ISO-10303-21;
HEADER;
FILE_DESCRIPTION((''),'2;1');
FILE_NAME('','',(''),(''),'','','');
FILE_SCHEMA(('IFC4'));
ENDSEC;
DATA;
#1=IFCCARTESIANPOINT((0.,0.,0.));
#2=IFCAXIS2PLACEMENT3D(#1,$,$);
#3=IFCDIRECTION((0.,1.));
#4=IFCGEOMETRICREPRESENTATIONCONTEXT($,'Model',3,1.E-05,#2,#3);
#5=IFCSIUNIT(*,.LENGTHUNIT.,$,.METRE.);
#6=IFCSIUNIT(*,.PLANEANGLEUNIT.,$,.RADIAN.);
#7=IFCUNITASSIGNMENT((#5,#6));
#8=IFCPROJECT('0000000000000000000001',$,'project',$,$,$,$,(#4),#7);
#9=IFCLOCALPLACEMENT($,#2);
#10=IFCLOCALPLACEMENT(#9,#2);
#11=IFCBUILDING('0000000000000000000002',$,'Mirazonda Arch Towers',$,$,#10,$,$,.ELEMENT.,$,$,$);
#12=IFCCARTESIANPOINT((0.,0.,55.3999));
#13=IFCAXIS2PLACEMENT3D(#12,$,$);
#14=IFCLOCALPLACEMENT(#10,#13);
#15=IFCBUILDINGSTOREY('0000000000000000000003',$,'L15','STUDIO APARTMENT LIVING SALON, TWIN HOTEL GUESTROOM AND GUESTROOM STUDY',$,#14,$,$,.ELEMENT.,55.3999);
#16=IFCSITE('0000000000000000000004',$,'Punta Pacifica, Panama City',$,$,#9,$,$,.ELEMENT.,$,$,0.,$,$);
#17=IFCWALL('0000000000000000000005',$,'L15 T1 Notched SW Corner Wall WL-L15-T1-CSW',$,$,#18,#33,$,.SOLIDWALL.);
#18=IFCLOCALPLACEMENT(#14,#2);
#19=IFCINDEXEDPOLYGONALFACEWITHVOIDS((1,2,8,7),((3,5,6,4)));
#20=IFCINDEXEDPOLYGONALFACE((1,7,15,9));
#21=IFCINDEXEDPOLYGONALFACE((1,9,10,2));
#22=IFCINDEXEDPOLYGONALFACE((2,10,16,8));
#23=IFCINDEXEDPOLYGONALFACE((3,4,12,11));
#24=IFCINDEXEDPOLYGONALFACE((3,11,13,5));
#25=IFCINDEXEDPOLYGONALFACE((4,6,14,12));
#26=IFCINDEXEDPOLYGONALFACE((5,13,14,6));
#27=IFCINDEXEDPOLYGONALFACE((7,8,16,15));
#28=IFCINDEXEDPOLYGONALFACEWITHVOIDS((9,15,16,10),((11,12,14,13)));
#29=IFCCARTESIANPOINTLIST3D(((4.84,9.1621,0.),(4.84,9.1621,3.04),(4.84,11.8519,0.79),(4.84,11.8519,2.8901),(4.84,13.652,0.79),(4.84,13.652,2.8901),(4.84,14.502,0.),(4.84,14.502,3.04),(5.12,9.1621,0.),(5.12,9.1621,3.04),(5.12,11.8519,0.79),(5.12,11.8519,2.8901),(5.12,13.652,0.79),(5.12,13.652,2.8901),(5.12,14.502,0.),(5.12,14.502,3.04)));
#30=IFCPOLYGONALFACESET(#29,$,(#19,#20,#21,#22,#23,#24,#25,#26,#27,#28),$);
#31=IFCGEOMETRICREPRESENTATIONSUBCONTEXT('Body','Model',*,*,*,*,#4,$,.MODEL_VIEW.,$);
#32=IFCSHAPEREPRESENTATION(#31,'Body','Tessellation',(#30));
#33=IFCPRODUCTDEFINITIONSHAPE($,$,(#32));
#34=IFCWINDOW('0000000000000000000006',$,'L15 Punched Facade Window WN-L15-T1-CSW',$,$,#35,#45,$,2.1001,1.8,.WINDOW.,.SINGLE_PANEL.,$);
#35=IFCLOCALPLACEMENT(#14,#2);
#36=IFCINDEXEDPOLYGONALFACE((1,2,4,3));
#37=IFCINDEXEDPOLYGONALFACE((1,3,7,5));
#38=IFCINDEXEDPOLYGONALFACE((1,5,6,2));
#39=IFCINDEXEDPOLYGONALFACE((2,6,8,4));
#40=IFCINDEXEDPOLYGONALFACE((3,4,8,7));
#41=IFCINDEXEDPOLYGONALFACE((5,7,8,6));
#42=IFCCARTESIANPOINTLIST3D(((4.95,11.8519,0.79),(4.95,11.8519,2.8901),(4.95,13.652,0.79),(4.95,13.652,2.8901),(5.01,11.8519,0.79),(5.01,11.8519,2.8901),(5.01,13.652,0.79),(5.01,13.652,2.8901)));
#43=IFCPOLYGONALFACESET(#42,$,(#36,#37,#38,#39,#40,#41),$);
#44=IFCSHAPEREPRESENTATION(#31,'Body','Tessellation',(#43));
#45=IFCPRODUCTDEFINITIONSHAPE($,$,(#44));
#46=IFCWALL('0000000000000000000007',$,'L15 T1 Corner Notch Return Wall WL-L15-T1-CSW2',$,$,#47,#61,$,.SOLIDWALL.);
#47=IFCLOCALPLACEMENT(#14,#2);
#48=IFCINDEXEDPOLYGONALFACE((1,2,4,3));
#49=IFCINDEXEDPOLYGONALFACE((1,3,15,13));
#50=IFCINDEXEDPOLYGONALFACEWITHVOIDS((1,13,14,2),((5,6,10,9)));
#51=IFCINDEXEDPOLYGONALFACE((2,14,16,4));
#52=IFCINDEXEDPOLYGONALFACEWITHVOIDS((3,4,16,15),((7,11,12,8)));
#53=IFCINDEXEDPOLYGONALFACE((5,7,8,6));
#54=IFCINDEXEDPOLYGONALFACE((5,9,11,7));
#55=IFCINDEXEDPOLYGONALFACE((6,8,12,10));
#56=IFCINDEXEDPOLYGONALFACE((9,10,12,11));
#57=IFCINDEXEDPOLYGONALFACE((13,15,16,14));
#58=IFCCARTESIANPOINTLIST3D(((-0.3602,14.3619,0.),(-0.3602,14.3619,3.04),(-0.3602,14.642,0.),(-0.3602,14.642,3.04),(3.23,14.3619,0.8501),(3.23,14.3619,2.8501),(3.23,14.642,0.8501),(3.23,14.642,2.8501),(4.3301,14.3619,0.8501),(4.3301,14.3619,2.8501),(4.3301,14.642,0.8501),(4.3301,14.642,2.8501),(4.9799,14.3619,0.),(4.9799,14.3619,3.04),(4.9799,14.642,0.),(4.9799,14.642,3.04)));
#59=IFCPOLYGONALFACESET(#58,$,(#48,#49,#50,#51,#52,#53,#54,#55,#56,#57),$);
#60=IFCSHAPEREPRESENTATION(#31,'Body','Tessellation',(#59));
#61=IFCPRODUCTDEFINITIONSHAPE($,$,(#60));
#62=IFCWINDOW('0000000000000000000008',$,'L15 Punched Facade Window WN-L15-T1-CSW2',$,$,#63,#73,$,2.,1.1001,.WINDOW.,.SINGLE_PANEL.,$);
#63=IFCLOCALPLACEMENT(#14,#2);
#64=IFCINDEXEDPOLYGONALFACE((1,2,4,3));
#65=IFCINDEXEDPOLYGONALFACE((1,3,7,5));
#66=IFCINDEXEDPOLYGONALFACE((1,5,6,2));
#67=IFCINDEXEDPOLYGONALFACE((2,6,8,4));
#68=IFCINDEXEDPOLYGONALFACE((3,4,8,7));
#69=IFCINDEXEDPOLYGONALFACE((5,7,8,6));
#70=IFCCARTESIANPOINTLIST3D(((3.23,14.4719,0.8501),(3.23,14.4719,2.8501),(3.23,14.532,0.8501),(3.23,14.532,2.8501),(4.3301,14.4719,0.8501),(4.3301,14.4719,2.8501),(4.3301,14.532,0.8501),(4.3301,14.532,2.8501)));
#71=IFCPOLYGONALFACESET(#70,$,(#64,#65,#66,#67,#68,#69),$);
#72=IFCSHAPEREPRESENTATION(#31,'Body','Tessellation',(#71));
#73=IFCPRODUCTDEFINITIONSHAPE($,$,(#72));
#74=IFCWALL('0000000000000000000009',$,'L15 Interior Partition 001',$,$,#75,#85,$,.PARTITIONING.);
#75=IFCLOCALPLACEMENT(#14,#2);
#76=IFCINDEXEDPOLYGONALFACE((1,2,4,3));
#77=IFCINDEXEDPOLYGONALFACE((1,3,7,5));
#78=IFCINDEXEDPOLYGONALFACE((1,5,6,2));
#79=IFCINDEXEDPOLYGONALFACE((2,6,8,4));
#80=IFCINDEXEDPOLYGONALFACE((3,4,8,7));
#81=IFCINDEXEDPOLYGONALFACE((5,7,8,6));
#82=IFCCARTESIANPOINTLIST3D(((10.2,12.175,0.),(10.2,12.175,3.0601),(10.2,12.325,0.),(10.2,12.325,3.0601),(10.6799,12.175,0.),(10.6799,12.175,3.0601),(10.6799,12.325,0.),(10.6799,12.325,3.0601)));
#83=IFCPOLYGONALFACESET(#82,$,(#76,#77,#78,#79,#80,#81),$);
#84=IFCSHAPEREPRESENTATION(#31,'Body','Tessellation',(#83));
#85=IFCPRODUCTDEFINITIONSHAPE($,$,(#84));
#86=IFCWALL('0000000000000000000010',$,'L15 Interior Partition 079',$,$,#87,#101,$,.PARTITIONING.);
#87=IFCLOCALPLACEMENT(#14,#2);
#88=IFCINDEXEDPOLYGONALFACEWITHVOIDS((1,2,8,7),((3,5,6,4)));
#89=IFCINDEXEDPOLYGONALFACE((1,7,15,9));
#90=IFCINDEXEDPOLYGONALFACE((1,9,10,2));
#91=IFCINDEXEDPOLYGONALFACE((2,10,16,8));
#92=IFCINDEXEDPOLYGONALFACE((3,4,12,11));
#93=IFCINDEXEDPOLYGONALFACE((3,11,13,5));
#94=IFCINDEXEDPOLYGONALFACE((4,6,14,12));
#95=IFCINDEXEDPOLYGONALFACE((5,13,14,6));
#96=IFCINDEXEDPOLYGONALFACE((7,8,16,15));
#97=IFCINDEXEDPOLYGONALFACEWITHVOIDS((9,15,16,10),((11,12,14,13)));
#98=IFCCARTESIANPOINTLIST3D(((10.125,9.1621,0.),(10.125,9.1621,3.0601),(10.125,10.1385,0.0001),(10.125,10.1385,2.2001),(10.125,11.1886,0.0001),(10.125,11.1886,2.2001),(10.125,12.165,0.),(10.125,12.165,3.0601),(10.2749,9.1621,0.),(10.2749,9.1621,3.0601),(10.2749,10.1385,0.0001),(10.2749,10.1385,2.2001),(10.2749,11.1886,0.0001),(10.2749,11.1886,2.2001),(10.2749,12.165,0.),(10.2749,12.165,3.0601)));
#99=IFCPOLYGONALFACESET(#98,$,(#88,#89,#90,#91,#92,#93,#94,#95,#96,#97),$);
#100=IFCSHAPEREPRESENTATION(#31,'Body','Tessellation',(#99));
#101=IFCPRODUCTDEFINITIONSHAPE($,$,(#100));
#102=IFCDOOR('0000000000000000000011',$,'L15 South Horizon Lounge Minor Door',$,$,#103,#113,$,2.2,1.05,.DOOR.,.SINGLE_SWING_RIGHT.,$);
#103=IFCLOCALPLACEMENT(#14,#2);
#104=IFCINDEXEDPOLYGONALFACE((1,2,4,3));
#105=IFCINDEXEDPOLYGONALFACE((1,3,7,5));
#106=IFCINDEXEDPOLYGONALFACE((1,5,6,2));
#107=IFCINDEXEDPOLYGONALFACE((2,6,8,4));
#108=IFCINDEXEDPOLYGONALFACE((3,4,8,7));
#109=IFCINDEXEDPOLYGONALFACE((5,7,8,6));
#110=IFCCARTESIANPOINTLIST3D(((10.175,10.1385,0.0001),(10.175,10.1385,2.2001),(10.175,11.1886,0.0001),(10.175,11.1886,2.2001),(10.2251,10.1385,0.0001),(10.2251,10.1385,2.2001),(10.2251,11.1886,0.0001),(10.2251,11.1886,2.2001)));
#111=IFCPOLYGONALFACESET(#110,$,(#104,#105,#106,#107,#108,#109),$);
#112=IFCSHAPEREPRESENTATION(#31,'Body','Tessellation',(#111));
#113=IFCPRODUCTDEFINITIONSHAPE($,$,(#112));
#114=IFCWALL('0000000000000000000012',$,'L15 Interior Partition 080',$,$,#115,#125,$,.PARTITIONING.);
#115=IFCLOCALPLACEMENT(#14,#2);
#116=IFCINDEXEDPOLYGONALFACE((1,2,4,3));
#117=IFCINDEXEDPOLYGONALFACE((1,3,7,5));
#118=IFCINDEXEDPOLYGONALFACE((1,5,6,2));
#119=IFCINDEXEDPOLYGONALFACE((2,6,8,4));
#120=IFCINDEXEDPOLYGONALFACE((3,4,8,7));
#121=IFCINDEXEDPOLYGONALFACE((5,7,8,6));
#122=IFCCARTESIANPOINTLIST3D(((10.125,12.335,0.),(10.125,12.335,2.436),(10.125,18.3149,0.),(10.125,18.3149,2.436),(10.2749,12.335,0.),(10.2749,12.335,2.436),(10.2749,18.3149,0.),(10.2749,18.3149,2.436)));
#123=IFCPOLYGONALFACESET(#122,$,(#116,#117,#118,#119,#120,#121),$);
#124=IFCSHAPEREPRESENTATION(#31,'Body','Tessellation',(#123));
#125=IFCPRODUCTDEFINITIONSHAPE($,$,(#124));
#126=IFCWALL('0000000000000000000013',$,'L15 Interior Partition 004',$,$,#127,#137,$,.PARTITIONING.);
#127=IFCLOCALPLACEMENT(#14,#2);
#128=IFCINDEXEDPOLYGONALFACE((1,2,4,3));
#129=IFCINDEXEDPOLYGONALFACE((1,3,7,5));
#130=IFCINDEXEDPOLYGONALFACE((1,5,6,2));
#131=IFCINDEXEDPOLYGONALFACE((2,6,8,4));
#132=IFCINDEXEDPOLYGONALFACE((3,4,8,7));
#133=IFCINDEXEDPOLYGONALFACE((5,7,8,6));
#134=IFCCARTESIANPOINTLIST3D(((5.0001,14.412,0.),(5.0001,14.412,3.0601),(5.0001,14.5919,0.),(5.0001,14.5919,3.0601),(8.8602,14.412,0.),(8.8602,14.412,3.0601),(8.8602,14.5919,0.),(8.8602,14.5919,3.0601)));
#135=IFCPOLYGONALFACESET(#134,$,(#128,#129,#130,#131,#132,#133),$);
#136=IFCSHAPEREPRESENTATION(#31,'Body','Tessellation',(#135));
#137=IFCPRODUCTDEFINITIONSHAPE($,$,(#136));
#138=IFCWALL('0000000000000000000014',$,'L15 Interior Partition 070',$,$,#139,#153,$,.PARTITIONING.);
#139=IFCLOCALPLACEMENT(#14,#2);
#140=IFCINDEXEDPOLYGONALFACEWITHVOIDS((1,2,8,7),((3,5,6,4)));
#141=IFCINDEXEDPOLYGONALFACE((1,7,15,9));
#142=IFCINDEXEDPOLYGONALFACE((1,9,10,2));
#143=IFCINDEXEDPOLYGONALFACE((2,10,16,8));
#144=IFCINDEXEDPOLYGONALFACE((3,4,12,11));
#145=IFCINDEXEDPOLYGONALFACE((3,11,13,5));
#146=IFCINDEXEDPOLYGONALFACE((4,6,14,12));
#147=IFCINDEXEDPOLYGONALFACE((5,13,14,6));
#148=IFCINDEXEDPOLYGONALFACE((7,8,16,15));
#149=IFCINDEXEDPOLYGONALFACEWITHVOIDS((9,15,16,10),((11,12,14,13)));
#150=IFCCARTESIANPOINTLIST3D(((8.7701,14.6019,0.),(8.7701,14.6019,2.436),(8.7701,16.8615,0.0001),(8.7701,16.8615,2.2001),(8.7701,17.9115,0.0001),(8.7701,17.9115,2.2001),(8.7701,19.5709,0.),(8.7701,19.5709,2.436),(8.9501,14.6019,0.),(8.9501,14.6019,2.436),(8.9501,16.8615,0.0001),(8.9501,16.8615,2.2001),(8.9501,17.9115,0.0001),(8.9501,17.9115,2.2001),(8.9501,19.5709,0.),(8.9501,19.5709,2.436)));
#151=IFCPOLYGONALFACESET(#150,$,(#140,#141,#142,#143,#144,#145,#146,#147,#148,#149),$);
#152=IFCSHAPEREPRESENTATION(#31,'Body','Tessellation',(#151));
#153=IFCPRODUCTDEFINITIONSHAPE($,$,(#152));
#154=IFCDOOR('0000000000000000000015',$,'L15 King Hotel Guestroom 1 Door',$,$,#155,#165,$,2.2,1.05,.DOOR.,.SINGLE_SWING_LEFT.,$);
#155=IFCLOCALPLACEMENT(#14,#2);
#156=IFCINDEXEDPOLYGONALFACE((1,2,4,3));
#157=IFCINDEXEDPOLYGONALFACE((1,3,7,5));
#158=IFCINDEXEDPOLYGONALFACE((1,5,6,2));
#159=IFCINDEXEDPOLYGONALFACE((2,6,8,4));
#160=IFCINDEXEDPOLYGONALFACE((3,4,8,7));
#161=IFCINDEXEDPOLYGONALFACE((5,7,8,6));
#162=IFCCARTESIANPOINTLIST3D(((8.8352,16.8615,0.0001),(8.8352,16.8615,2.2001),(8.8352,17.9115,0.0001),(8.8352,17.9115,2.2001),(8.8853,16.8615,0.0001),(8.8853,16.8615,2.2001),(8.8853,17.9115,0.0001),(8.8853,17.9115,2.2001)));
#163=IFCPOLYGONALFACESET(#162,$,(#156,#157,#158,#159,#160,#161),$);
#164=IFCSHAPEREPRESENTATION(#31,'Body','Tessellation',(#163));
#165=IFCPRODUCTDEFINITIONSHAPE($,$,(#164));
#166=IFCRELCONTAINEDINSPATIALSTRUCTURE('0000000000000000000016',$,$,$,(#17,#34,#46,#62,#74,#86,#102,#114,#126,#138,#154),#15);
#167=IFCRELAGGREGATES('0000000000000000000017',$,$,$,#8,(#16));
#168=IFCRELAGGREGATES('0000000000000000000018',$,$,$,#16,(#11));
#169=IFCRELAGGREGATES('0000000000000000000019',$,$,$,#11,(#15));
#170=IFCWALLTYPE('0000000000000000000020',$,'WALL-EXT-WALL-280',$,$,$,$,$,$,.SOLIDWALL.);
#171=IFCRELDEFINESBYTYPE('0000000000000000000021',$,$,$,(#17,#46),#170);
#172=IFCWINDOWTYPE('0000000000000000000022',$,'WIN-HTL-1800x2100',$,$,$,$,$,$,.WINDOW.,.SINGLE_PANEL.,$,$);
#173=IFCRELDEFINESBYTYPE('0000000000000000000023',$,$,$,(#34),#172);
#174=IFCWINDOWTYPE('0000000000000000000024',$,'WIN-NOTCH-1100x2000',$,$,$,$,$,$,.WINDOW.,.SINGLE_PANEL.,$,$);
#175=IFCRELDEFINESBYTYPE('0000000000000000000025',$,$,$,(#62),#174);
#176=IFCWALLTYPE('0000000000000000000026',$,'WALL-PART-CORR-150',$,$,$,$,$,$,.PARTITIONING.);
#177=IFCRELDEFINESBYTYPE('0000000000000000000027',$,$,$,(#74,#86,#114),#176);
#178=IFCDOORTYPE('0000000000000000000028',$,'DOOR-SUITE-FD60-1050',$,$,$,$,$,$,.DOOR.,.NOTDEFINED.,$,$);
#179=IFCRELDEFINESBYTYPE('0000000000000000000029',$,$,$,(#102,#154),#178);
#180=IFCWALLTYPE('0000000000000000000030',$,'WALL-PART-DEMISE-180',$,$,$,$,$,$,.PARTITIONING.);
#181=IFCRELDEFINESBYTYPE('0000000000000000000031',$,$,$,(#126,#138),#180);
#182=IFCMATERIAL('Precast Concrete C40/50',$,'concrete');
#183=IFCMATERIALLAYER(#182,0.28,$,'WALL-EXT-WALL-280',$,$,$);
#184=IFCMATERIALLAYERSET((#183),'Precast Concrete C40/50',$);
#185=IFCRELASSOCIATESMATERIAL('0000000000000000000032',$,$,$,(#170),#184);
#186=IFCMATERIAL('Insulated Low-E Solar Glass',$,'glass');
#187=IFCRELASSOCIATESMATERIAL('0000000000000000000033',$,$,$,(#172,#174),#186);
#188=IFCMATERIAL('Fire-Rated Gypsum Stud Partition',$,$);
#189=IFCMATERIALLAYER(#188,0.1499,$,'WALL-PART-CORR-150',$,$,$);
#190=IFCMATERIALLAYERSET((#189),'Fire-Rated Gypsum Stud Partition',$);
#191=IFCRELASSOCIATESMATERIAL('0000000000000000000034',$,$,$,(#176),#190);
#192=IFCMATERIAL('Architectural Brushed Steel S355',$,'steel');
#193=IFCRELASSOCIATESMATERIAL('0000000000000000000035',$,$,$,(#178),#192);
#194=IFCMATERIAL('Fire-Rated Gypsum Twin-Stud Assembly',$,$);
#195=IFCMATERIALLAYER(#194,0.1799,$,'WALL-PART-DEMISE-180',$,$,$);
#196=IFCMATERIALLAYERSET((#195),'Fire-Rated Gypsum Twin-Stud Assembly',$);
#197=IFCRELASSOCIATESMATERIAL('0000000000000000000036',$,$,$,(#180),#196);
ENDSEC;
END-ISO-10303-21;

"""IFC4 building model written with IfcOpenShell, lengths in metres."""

from ifc_helpers import new_model, si_unit, direction, frame, frame_2d, origin, place, context, subcontext, project, spatial, rectangle, extrude, material, layer, layer_set, type_object, element, fill, save


model = new_model("IFC4")

# Units and contexts
model_context = context("Model", 3, precision=1e-05, world=origin(), true_north=direction((0.0, 1.0)))
body_context = subcontext(model_context, "Body", "Model", "MODEL_VIEW")
ifc_project = project(units=[si_unit("LENGTHUNIT", "METRE"), si_unit("PLANEANGLEUNIT", "RADIAN")], contexts=[model_context])

# Site, building, storey
site_placement = place(None, origin())
site = spatial("IfcSite", under=ifc_project, at=site_placement, Name="Punta Pacifica, Panama City", CompositionType="ELEMENT", RefElevation=0.0)
building_placement = place(site_placement, origin())
building = spatial("IfcBuilding", under=site, at=building_placement, Name="Mirazonda Arch Towers", CompositionType="ELEMENT")
storey_placement = place(building_placement, frame((0.0, 0.0, 55.3999)))
storey = spatial("IfcBuildingStorey", under=building, at=storey_placement, Name="L15", Description="STUDIO APARTMENT LIVING SALON, TWIN HOTEL GUESTROOM AND GUESTROOM STUDY", CompositionType="ELEMENT", Elevation=55.3999)

# Shared definitions
ifc_material_1 = material(Name="Insulated Low-E Solar Glass", Category="glass")

# Walls, openings, windows
ifc_material_2 = material(Name="Precast Concrete C40/50", Category="concrete")
ifc_layer_1 = layer(ifc_material_2, 0.28, Name="WALL-EXT-WALL-280")
ifc_layer_set_1 = layer_set([ifc_layer_1], Name="Precast Concrete C40/50")
wall_type_1 = type_object("IfcWallType", Name="WALL-EXT-WALL-280", PredefinedType="SOLIDWALL", material=ifc_layer_set_1)
wall_1_placement = place(storey_placement, frame((4.98, 14.502, 0.0), z_axis=(0.0, 0.0, 1.0), x_axis=(0.0, -1.0, 0.0)))
wall_1 = element("IfcWall", 1, at=wall_1_placement, inside=storey, type_object=wall_type_1, Name="L15 T1 Notched SW Corner Wall WL-L15-T1-CSW", PredefinedType="SOLIDWALL", context=body_context, shape_type="SweptSolid", body=[
    extrude(rectangle(XDim=5.3398, YDim=0.28, at=frame_2d((2.6699, 0.0))), origin(), (0.0, 0.0, 1.0), 3.04),
])
opening_1_placement = place(wall_1_placement, frame((0.8501, 0.0, 0.79)))
opening_1 = element("IfcOpeningElement", 2, at=opening_1_placement, cuts=wall_1, PredefinedType="OPENING", context=body_context, shape_type="SweptSolid", body=[
    extrude(rectangle(XDim=1.8, YDim=2.1001, at=frame_2d((0.8999, 1.05))), frame((0.0, 0.1499, 0.0), z_axis=(0.0, -1.0, 0.0), x_axis=(1.0, 0.0, 0.0)), (0.0, 0.0, 1.0), 0.3),
])
window_type_1 = type_object("IfcWindowType", Name="WIN-HTL-1800x2100", PartitioningType="SINGLE_PANEL", PredefinedType="WINDOW", material=ifc_material_1)
window_1_placement = place(opening_1_placement, origin())
window_1 = element("IfcWindow", 3, at=window_1_placement, inside=storey, type_object=window_type_1, Name="L15 Punched Facade Window WN-L15-T1-CSW", OverallHeight=2.1001, OverallWidth=1.8, PartitioningType="SINGLE_PANEL", PredefinedType="WINDOW", context=body_context, shape_type="SweptSolid", body=[
    extrude(rectangle(XDim=1.8, YDim=2.1001, at=frame_2d((0.8999, 1.05))), frame((0.0, 0.03, 0.0), z_axis=(0.0, -1.0, 0.0), x_axis=(1.0, 0.0, 0.0)), (0.0, 0.0, 1.0), 0.0601),
])
fill(opening_1, window_1)
wall_2_placement = place(storey_placement, frame((-0.3601, 14.502, 0.0), z_axis=(0.0, 0.0, 1.0), x_axis=(1.0, 0.0, 0.0)))
wall_2 = element("IfcWall", 4, at=wall_2_placement, inside=storey, type_object=wall_type_1, Name="L15 T1 Corner Notch Return Wall WL-L15-T1-CSW2", PredefinedType="SOLIDWALL", context=body_context, shape_type="SweptSolid", body=[
    extrude(rectangle(XDim=5.3401, YDim=0.28, at=frame_2d((2.6699, 0.0))), origin(), (0.0, 0.0, 1.0), 3.04),
])
opening_2_placement = place(wall_2_placement, frame((3.5901, 0.0, 0.8501)))
opening_2 = element("IfcOpeningElement", 5, at=opening_2_placement, cuts=wall_2, PredefinedType="OPENING", context=body_context, shape_type="SweptSolid", body=[
    extrude(rectangle(XDim=1.1001, YDim=2.0, at=frame_2d((0.55, 1.0))), frame((0.0, 0.1499, 0.0), z_axis=(0.0, -1.0, 0.0), x_axis=(1.0, 0.0, 0.0)), (0.0, 0.0, 1.0), 0.3),
])
window_type_2 = type_object("IfcWindowType", Name="WIN-NOTCH-1100x2000", PartitioningType="SINGLE_PANEL", PredefinedType="WINDOW", material=ifc_material_1)
window_2_placement = place(opening_2_placement, origin())
window_2 = element("IfcWindow", 6, at=window_2_placement, inside=storey, type_object=window_type_2, Name="L15 Punched Facade Window WN-L15-T1-CSW2", OverallHeight=2.0, OverallWidth=1.1001, PartitioningType="SINGLE_PANEL", PredefinedType="WINDOW", context=body_context, shape_type="SweptSolid", body=[
    extrude(rectangle(XDim=1.1001, YDim=2.0, at=frame_2d((0.55, 1.0))), frame((0.0, 0.03, 0.0), z_axis=(0.0, -1.0, 0.0), x_axis=(1.0, 0.0, 0.0)), (0.0, 0.0, 1.0), 0.0601),
])
fill(opening_2, window_2)

# Wall
ifc_material_3 = material(Name="Fire-Rated Gypsum Stud Partition")
ifc_layer_2 = layer(ifc_material_3, 0.1499, Name="WALL-PART-CORR-150")
ifc_layer_set_2 = layer_set([ifc_layer_2], Name="Fire-Rated Gypsum Stud Partition")
wall_type_2 = type_object("IfcWallType", Name="WALL-PART-CORR-150", PredefinedType="PARTITIONING", material=ifc_layer_set_2)
wall_3_placement = place(storey_placement, frame((10.2, 12.25, 0.0), z_axis=(0.0, 0.0, 1.0), x_axis=(1.0, 0.0, 0.0)))
element("IfcWall", 7, at=wall_3_placement, inside=storey, type_object=wall_type_2, Name="L15 Interior Partition 001", PredefinedType="PARTITIONING", context=body_context, shape_type="SweptSolid", body=[
    extrude(rectangle(XDim=0.48, YDim=0.1499, at=frame_2d((0.24, 0.0))), origin(), (0.0, 0.0, 1.0), 3.0601),
])

# Wall, opening, door
wall_4_placement = place(storey_placement, frame((10.2, 9.1621, 0.0), z_axis=(0.0, 0.0, 1.0), x_axis=(0.0, 1.0, 0.0)))
wall_4 = element("IfcWall", 8, at=wall_4_placement, inside=storey, type_object=wall_type_2, Name="L15 Interior Partition 079", PredefinedType="PARTITIONING", context=body_context, shape_type="SweptSolid", body=[
    extrude(rectangle(XDim=3.0029, YDim=0.1499, at=frame_2d((1.5015, 0.0))), origin(), (0.0, 0.0, 1.0), 3.0601),
])
opening_3_placement = place(wall_4_placement, frame((0.9766, 0.0, 0.0)))
opening_3 = element("IfcOpeningElement", 9, at=opening_3_placement, cuts=wall_4, PredefinedType="OPENING", context=body_context, shape_type="SweptSolid", body=[
    extrude(rectangle(XDim=1.05, YDim=2.2, at=frame_2d((0.5249, 1.1001))), frame((0.0, 0.085, 0.0), z_axis=(0.0, -1.0, 0.0), x_axis=(1.0, 0.0, 0.0)), (0.0, 0.0, 1.0), 0.1699),
])
ifc_material_4 = material(Name="Architectural Brushed Steel S355", Category="steel")
door_type_1 = type_object("IfcDoorType", Name="DOOR-SUITE-FD60-1050", OperationType="NOTDEFINED", PredefinedType="DOOR", material=ifc_material_4)
door_1_placement = place(opening_3_placement, origin())
door_1 = element("IfcDoor", 10, at=door_1_placement, inside=storey, type_object=door_type_1, Name="L15 South Horizon Lounge Minor Door", OperationType="SINGLE_SWING_RIGHT", OverallHeight=2.2, OverallWidth=1.05, PredefinedType="DOOR", context=body_context, shape_type="SweptSolid", body=[
    extrude(rectangle(XDim=1.05, YDim=2.2, at=frame_2d((0.5249, 1.1001))), frame((0.0, 0.0249, 0.0), z_axis=(0.0, -1.0, 0.0), x_axis=(1.0, 0.0, 0.0)), (0.0, 0.0, 1.0), 0.05),
])
fill(opening_3, door_1)

# Walls
wall_5_placement = place(storey_placement, frame((10.2, 12.335, 0.0), z_axis=(0.0, 0.0, 1.0), x_axis=(0.0, 1.0, 0.0)))
element("IfcWall", 11, at=wall_5_placement, inside=storey, type_object=wall_type_2, Name="L15 Interior Partition 080", PredefinedType="PARTITIONING", context=body_context, shape_type="SweptSolid", body=[
    extrude(rectangle(XDim=5.98, YDim=0.1499, at=frame_2d((2.99, 0.0))), origin(), (0.0, 0.0, 1.0), 2.436),
])
ifc_material_5 = material(Name="Fire-Rated Gypsum Twin-Stud Assembly")
ifc_layer_3 = layer(ifc_material_5, 0.1799, Name="WALL-PART-DEMISE-180")
ifc_layer_set_3 = layer_set([ifc_layer_3], Name="Fire-Rated Gypsum Twin-Stud Assembly")
wall_type_3 = type_object("IfcWallType", Name="WALL-PART-DEMISE-180", PredefinedType="PARTITIONING", material=ifc_layer_set_3)
wall_6_placement = place(storey_placement, frame((5.0, 14.502, 0.0), z_axis=(0.0, 0.0, 1.0), x_axis=(1.0, 0.0, 0.0)))
element("IfcWall", 12, at=wall_6_placement, inside=storey, type_object=wall_type_3, Name="L15 Interior Partition 004", PredefinedType="PARTITIONING", context=body_context, shape_type="SweptSolid", body=[
    extrude(rectangle(XDim=3.8601, YDim=0.1799, at=frame_2d((1.9302, 0.0))), origin(), (0.0, 0.0, 1.0), 3.0601),
])

# Wall, opening, door
wall_7_placement = place(storey_placement, frame((8.8601, 14.6021, 0.0), z_axis=(0.0, 0.0, 1.0), x_axis=(0.0, 1.0, 0.0)))
wall_7 = element("IfcWall", 13, at=wall_7_placement, inside=storey, type_object=wall_type_3, Name="L15 Interior Partition 070", PredefinedType="PARTITIONING", context=body_context, shape_type="SweptSolid", body=[
    extrude(rectangle(XDim=4.969, YDim=0.1799, at=frame_2d((2.4844, 0.0))), origin(), (0.0, 0.0, 1.0), 2.436),
])
opening_4_placement = place(wall_7_placement, frame((2.2595, 0.0, 0.0)))
opening_4 = element("IfcOpeningElement", 14, at=opening_4_placement, cuts=wall_7, PredefinedType="OPENING", context=body_context, shape_type="SweptSolid", body=[
    extrude(rectangle(XDim=1.05, YDim=2.2, at=frame_2d((0.5249, 1.1001))), frame((0.0, 0.0999, 0.0), z_axis=(0.0, -1.0, 0.0), x_axis=(1.0, 0.0, 0.0)), (0.0, 0.0, 1.0), 0.2),
])
door_2_placement = place(opening_4_placement, origin())
door_2 = element("IfcDoor", 15, at=door_2_placement, inside=storey, type_object=door_type_1, Name="L15 King Hotel Guestroom 1 Door", OperationType="SINGLE_SWING_LEFT", OverallHeight=2.2, OverallWidth=1.05, PredefinedType="DOOR", context=body_context, shape_type="SweptSolid", body=[
    extrude(rectangle(XDim=1.05, YDim=2.2, at=frame_2d((0.5249, 1.1001))), frame((0.0, 0.0249, 0.0), z_axis=(0.0, -1.0, 0.0), x_axis=(1.0, 0.0, 0.0)), (0.0, 0.0, 1.0), 0.05),
])
fill(opening_4, door_2)

save(model, "model.ifc")
